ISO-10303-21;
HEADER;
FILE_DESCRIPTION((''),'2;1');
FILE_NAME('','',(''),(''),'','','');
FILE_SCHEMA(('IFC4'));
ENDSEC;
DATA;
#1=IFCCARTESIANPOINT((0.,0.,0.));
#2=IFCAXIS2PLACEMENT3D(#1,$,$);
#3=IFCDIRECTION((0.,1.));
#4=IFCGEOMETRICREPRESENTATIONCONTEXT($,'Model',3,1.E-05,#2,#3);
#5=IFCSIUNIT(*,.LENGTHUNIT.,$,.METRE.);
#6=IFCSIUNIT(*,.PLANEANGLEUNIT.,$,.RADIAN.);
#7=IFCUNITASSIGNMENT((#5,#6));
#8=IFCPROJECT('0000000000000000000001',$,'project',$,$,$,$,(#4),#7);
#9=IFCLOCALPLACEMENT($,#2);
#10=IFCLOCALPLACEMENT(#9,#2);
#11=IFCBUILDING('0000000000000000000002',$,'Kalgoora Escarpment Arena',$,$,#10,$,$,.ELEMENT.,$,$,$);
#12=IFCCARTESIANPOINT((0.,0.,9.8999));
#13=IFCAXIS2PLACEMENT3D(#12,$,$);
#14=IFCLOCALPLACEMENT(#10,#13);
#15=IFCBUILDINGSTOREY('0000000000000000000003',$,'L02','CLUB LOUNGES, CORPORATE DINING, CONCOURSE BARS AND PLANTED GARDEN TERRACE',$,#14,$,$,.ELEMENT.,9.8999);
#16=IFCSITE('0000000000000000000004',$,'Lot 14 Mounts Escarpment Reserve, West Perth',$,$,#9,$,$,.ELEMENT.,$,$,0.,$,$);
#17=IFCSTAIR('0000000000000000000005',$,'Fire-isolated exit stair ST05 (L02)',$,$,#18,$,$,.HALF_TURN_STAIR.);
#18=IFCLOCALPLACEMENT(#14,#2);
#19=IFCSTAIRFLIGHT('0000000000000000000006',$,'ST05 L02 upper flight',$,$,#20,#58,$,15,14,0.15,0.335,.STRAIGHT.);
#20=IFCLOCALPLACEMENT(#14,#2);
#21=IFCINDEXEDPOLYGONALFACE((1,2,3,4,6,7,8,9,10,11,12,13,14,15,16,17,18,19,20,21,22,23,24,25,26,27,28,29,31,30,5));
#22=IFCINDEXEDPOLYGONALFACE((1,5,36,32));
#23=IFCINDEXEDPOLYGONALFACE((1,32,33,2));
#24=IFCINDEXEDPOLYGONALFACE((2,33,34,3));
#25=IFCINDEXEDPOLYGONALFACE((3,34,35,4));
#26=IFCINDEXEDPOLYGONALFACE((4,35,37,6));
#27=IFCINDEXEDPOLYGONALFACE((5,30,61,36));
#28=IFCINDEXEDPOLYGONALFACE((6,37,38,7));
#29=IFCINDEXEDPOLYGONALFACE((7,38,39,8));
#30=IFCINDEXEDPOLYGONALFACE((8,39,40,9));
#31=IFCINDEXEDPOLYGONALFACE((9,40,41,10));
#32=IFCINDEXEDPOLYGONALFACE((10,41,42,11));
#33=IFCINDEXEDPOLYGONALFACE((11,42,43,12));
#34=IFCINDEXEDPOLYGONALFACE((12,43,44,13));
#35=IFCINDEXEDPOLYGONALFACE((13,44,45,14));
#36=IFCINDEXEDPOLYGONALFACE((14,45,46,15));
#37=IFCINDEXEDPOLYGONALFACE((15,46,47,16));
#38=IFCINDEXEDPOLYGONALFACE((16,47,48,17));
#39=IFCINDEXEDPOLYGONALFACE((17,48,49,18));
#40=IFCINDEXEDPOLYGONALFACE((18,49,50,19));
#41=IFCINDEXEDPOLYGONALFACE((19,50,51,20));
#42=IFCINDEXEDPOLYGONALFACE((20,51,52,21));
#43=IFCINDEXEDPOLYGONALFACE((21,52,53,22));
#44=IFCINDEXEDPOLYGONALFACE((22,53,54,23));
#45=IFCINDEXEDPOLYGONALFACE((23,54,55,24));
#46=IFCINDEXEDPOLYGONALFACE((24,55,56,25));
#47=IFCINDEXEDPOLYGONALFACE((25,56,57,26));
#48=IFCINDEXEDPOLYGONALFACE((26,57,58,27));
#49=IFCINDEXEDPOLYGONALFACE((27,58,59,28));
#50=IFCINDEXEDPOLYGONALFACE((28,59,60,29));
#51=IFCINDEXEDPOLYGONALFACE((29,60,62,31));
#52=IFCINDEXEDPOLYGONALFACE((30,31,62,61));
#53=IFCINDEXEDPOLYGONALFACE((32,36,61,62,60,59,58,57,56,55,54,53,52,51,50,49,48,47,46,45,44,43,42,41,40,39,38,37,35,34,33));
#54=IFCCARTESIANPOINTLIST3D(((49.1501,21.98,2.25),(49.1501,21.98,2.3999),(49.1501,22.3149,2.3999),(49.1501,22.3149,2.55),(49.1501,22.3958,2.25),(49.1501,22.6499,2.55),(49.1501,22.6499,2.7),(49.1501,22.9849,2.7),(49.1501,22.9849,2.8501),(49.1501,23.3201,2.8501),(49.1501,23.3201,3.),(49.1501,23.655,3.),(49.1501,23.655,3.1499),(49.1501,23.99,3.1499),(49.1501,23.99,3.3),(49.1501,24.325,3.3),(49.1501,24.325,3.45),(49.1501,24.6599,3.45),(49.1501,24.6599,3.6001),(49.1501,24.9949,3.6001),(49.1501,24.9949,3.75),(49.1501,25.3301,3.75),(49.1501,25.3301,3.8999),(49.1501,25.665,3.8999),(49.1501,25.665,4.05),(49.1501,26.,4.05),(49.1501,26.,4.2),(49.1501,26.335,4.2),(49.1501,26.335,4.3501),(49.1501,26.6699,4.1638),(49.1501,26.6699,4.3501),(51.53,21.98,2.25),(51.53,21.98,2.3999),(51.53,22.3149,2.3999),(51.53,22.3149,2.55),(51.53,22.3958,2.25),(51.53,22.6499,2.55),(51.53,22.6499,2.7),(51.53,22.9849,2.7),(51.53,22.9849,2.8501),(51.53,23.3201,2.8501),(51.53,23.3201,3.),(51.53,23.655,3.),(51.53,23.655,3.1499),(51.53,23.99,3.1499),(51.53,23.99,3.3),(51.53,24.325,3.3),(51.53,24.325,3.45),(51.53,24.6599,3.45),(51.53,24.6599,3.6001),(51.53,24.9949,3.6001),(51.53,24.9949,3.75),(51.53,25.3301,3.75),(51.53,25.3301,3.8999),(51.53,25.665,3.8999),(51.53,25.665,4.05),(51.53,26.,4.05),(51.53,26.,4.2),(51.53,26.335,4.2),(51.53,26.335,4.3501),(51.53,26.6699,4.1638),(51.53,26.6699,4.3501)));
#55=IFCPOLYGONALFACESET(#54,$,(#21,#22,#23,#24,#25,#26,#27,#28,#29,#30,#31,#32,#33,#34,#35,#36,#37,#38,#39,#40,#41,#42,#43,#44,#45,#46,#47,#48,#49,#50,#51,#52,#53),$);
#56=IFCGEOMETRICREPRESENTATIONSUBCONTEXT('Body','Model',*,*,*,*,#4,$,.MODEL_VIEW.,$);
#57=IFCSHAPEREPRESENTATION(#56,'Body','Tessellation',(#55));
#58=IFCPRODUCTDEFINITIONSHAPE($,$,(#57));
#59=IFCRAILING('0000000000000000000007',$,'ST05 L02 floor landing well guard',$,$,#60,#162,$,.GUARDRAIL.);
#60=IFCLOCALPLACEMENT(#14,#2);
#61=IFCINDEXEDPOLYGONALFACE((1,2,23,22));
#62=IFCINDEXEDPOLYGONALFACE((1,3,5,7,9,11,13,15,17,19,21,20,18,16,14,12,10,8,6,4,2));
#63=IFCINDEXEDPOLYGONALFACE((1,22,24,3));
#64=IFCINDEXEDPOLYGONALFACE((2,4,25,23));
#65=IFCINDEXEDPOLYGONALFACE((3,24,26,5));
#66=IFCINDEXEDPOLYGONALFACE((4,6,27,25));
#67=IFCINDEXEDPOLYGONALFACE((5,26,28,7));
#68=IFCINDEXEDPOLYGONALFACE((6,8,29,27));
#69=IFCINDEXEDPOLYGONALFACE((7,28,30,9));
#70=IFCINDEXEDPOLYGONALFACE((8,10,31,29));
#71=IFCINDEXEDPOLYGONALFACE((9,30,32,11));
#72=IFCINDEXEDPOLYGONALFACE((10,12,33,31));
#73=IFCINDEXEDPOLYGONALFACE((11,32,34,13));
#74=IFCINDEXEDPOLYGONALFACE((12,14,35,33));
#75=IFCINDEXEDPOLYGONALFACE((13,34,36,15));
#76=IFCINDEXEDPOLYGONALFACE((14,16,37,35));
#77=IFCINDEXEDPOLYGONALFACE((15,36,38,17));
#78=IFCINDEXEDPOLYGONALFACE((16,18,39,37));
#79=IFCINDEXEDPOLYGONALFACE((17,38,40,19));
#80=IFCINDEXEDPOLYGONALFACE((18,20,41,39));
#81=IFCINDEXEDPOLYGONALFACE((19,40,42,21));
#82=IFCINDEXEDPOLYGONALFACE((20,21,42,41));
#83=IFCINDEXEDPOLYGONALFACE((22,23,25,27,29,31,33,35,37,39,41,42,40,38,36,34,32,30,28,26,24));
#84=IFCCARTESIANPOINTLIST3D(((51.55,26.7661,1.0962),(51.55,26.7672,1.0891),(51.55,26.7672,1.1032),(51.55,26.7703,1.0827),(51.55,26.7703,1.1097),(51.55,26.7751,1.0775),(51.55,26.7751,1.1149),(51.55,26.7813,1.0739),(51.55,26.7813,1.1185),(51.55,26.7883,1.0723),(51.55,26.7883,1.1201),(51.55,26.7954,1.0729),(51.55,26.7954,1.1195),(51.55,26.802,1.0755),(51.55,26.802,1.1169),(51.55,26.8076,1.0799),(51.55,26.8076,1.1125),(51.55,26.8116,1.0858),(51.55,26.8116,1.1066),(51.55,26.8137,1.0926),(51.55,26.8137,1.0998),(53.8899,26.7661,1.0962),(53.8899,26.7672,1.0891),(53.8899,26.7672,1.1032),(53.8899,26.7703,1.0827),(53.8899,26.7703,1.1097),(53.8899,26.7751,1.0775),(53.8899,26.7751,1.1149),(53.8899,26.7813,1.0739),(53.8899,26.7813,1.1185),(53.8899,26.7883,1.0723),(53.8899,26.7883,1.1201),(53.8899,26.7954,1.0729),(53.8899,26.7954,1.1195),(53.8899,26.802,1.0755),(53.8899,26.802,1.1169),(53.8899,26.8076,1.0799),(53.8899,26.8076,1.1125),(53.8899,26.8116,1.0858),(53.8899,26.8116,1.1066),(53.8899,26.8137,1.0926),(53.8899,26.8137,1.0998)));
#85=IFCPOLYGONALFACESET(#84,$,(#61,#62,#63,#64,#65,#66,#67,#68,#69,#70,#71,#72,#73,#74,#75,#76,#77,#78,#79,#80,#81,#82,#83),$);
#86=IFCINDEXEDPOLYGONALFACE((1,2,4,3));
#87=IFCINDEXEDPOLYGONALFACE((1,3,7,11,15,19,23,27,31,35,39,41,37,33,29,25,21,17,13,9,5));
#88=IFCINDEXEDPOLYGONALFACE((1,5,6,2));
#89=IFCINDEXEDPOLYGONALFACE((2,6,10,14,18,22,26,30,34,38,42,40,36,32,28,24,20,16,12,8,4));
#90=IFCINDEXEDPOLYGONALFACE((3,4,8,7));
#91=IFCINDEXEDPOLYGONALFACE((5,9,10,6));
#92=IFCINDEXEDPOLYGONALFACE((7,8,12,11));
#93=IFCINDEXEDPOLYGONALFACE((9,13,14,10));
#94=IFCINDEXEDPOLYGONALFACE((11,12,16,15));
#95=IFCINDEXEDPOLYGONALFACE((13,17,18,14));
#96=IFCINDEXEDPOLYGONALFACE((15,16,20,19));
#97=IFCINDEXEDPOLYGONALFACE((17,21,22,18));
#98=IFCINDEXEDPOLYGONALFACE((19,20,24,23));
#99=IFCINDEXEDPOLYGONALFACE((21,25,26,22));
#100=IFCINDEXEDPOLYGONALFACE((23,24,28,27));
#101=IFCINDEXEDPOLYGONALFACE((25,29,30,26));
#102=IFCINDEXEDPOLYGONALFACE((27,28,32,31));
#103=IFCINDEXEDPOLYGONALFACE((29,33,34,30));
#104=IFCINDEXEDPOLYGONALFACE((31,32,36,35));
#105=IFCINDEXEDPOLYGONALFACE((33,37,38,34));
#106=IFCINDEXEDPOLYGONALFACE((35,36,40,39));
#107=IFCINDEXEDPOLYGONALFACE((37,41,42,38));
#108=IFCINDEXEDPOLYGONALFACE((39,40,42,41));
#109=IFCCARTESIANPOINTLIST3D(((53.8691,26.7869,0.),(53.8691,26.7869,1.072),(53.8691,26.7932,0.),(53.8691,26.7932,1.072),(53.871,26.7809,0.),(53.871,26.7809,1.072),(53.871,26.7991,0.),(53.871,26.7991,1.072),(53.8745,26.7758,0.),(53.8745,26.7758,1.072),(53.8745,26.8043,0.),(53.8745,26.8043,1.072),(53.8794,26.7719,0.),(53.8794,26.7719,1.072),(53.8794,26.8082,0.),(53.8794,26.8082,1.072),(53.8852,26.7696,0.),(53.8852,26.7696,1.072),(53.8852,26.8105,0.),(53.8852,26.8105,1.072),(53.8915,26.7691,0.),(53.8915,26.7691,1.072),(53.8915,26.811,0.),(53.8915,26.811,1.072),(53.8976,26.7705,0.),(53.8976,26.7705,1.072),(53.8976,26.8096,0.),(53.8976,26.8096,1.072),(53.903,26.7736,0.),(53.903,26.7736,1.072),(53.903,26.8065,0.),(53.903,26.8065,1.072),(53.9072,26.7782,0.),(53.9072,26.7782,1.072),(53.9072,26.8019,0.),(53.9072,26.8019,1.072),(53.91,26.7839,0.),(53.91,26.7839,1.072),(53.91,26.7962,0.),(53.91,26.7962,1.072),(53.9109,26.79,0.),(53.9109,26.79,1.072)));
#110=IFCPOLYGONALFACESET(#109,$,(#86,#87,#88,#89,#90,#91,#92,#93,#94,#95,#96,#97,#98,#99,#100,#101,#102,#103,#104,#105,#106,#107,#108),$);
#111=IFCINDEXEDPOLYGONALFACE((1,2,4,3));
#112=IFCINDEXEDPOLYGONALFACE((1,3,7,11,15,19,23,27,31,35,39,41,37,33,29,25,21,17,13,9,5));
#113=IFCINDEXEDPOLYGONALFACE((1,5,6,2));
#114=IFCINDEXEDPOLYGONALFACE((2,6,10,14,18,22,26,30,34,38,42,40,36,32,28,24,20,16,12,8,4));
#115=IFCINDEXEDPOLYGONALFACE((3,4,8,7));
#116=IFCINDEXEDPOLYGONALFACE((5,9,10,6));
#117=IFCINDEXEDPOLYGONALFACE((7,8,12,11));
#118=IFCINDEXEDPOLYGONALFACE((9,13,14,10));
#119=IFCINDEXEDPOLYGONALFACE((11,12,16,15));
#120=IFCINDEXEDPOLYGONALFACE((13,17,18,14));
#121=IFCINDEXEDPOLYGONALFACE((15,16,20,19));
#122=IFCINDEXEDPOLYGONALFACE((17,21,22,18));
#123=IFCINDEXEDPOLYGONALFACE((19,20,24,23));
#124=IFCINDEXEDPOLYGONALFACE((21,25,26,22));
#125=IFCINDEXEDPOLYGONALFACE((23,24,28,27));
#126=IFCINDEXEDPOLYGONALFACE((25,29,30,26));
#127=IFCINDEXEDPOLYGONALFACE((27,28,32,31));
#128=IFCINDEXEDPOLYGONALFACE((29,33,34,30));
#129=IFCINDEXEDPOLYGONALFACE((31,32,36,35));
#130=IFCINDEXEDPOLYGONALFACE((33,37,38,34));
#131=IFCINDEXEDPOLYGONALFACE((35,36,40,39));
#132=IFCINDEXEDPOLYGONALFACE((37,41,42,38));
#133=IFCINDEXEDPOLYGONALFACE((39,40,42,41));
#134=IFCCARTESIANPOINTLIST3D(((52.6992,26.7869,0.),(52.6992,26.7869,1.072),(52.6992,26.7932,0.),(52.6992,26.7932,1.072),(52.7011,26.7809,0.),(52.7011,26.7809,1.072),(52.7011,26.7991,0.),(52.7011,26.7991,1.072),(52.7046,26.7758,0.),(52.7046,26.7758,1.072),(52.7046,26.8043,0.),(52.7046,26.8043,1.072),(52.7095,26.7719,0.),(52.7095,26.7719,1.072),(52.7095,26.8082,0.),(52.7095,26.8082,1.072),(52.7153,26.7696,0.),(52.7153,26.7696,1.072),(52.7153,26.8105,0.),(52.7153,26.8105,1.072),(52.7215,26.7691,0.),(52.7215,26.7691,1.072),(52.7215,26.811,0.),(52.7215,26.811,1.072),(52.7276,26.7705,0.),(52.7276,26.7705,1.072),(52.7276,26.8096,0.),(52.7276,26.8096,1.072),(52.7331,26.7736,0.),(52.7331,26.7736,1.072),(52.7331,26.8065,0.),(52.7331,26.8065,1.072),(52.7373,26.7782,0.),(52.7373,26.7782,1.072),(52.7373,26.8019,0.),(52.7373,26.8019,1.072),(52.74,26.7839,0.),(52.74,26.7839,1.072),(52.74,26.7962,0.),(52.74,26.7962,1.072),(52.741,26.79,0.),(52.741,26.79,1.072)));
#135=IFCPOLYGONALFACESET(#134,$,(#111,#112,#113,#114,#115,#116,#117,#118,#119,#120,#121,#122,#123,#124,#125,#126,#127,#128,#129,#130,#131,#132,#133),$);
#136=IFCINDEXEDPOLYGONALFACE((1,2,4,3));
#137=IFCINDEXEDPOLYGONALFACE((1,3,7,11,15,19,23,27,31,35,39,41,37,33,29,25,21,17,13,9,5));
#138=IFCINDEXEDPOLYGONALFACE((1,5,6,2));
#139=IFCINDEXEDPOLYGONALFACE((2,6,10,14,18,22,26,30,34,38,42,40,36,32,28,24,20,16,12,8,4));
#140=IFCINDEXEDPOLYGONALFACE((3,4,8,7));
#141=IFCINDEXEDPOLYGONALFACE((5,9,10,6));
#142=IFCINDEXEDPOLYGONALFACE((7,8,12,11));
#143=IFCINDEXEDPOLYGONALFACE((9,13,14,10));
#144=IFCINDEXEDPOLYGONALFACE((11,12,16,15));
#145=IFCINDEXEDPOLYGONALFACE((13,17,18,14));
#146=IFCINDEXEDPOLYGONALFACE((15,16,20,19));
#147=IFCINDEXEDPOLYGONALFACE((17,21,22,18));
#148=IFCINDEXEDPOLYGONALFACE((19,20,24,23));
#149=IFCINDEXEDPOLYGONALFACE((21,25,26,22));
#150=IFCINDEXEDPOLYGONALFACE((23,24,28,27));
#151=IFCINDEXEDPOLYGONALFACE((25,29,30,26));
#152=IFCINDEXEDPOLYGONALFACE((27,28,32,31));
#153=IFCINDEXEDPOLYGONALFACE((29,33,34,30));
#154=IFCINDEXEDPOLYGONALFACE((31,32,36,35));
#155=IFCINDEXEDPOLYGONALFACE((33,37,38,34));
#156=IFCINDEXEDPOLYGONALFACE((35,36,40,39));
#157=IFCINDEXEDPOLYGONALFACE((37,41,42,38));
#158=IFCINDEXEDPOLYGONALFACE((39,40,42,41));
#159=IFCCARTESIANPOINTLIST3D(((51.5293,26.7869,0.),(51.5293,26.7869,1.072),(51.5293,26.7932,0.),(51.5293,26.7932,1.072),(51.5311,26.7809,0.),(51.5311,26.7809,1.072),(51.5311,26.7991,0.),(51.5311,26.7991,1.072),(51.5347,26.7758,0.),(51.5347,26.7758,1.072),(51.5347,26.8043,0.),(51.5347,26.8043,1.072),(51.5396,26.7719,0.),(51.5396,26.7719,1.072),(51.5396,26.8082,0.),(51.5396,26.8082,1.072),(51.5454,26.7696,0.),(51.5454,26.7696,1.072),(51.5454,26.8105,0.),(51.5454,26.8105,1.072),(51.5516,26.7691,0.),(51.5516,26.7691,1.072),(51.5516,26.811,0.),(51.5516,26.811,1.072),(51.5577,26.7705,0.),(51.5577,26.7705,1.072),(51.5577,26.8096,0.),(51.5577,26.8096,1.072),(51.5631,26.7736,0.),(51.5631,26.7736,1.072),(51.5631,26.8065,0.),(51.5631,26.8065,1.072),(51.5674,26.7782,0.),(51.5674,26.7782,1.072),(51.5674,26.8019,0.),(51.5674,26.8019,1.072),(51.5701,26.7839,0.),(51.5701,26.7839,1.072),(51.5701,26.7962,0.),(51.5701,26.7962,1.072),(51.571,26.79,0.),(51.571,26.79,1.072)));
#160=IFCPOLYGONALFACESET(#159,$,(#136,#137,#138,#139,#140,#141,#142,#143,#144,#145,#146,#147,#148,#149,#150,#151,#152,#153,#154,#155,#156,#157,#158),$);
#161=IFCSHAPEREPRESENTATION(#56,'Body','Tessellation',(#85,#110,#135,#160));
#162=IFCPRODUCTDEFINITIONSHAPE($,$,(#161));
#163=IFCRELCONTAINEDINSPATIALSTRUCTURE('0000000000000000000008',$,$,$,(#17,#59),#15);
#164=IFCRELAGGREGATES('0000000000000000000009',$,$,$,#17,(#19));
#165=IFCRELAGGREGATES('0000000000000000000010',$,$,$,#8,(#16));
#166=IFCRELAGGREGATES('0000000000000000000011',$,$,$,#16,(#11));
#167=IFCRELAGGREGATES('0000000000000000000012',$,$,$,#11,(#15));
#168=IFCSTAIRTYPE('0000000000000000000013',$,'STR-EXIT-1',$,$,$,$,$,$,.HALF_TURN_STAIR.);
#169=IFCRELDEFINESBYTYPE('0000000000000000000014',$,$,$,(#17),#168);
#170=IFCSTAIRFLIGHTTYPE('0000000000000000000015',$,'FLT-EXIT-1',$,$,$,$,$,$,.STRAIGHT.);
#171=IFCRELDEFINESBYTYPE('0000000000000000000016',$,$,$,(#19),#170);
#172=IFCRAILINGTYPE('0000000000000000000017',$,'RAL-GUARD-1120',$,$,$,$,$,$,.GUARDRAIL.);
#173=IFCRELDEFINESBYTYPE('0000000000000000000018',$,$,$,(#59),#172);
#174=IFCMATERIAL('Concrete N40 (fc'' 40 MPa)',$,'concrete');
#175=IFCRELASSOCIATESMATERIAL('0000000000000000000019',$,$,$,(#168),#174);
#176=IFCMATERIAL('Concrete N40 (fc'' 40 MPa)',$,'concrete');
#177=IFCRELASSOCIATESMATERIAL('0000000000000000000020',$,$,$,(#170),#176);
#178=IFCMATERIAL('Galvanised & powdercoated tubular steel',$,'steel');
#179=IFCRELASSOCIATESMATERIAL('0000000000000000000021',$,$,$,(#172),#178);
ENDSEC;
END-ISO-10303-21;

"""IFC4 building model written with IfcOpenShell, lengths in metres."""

from ifc_helpers import new_model, si_unit, direction, frame, origin, origin_2d, place, context, subcontext, project, spatial, polyline, circle, outline, extrude, material, type_object, element, aggregate, save


model = new_model("IFC4")

# Units and contexts
model_context = context("Model", 3, precision=1e-05, world=origin(), true_north=direction((0.0, 1.0)))
body_context = subcontext(model_context, "Body", "Model", "MODEL_VIEW")
ifc_project = project(units=[si_unit("LENGTHUNIT", "METRE"), si_unit("PLANEANGLEUNIT", "RADIAN")], contexts=[model_context])

# Site, building, storey
site_placement = place(None, origin())
site = spatial("IfcSite", under=ifc_project, at=site_placement, Name="Lot 14 Mounts Escarpment Reserve, West Perth", CompositionType="ELEMENT", RefElevation=0.0)
building_placement = place(site_placement, origin())
building = spatial("IfcBuilding", under=site, at=building_placement, Name="Kalgoora Escarpment Arena", CompositionType="ELEMENT")
storey_placement = place(building_placement, frame((0.0, 0.0, 9.8999)))
storey = spatial("IfcBuildingStorey", under=building, at=storey_placement, Name="L02", Description="CLUB LOUNGES, CORPORATE DINING, CONCOURSE BARS AND PLANTED GARDEN TERRACE", CompositionType="ELEMENT", Elevation=9.8999)

# Stair, stair flight
ifc_material_1 = material(Name="Concrete N40 (fc' 40 MPa)", Category="concrete")
stair_type = type_object("IfcStairType", Name="STR-EXIT-1", PredefinedType="HALF_TURN_STAIR", material=ifc_material_1)
stair_placement = place(storey_placement, origin())
stair = element("IfcStair", 1, at=stair_placement, inside=storey, type_object=stair_type, Name="Fire-isolated exit stair ST05 (L02)", PredefinedType="HALF_TURN_STAIR")
ifc_material_2 = material(Name="Concrete N40 (fc' 40 MPa)", Category="concrete")
stair_flight_type = type_object("IfcStairFlightType", Name="FLT-EXIT-1", PredefinedType="STRAIGHT", material=ifc_material_2)
stair_flight_1_placement = place(storey_placement, frame((50.3401, 21.98, 2.25), z_axis=(0.0, 0.0, 1.0), x_axis=(0.0, 1.0, 0.0)))
stair_flight_1 = element("IfcStairFlight", 2, at=stair_flight_1_placement, type_object=stair_flight_type, Name="ST05 L02 upper flight", NumberOfRisers=15, NumberOfTreads=14, PredefinedType="STRAIGHT", RiserHeight=0.15, TreadLength=0.335, context=body_context, shape_type="SweptSolid", body=[
    extrude(outline(polyline([(0.0, 0.0), (0.0, 0.1499), (0.335, 0.1499), (0.335, 0.3), (0.6699, 0.3), (0.6699, 0.45), (1.0049, 0.45), (1.0049, 0.6001), (1.3401, 0.6001), (1.3401, 0.75), (1.675, 0.75), (1.675, 0.8999), (2.01, 0.8999), (2.01, 1.05), (2.345, 1.05), (2.345, 1.2), (2.6799, 1.2), (2.6799, 1.3501), (3.0149, 1.3501), (3.0149, 1.5), (3.3501, 1.5), (3.3501, 1.6499), (3.6851, 1.6499), (3.6851, 1.8), (4.02, 1.8), (4.02, 1.95), (4.355, 1.95), (4.355, 2.1001), (4.6899, 2.1001), (4.6899, 2.25), (4.6899, 1.9138), (0.4158, 0.0), (0.0, 0.0)])), frame((0.0, 1.1899, 0.0), z_axis=(0.0, -1.0, 0.0), x_axis=(1.0, 0.0, 0.0)), (0.0, 0.0, 1.0), 2.3799),
])
aggregate(stair, [stair_flight_1])

# Railing
ifc_material_3 = material(Name="Galvanised & powdercoated tubular steel", Category="steel")
railing_type_1 = type_object("IfcRailingType", Name="RAL-GUARD-1120", PredefinedType="GUARDRAIL", material=ifc_material_3)
railing_placement = place(storey_placement, frame((53.8899, 26.79, 0.0)))
element("IfcRailing", 3, at=railing_placement, inside=storey, type_object=railing_type_1, Name="ST05 L02 floor landing well guard", PredefinedType="GUARDRAIL", context=body_context, shape_type="SweptSolid", body=[
    extrude(circle(Radius=0.0239, at=origin_2d()), frame((0.0, 0.0, 1.0962), z_axis=(-1.0, 0.0, 0.0), x_axis=(0.0, -1.0, 0.0)), (0.0, 0.0, 1.0), 2.3398),
    extrude(circle(Radius=0.021, at=origin_2d()), origin(), (0.0, 0.0, 1.0), 1.072),
    extrude(circle(Radius=0.021, at=origin_2d()), frame((-1.1699, 0.0, 0.0)), (0.0, 0.0, 1.0), 1.072),
    extrude(circle(Radius=0.021, at=origin_2d()), frame((-2.3398, 0.0, 0.0)), (0.0, 0.0, 1.0), 1.072),
])

save(model, "model.ifc")
